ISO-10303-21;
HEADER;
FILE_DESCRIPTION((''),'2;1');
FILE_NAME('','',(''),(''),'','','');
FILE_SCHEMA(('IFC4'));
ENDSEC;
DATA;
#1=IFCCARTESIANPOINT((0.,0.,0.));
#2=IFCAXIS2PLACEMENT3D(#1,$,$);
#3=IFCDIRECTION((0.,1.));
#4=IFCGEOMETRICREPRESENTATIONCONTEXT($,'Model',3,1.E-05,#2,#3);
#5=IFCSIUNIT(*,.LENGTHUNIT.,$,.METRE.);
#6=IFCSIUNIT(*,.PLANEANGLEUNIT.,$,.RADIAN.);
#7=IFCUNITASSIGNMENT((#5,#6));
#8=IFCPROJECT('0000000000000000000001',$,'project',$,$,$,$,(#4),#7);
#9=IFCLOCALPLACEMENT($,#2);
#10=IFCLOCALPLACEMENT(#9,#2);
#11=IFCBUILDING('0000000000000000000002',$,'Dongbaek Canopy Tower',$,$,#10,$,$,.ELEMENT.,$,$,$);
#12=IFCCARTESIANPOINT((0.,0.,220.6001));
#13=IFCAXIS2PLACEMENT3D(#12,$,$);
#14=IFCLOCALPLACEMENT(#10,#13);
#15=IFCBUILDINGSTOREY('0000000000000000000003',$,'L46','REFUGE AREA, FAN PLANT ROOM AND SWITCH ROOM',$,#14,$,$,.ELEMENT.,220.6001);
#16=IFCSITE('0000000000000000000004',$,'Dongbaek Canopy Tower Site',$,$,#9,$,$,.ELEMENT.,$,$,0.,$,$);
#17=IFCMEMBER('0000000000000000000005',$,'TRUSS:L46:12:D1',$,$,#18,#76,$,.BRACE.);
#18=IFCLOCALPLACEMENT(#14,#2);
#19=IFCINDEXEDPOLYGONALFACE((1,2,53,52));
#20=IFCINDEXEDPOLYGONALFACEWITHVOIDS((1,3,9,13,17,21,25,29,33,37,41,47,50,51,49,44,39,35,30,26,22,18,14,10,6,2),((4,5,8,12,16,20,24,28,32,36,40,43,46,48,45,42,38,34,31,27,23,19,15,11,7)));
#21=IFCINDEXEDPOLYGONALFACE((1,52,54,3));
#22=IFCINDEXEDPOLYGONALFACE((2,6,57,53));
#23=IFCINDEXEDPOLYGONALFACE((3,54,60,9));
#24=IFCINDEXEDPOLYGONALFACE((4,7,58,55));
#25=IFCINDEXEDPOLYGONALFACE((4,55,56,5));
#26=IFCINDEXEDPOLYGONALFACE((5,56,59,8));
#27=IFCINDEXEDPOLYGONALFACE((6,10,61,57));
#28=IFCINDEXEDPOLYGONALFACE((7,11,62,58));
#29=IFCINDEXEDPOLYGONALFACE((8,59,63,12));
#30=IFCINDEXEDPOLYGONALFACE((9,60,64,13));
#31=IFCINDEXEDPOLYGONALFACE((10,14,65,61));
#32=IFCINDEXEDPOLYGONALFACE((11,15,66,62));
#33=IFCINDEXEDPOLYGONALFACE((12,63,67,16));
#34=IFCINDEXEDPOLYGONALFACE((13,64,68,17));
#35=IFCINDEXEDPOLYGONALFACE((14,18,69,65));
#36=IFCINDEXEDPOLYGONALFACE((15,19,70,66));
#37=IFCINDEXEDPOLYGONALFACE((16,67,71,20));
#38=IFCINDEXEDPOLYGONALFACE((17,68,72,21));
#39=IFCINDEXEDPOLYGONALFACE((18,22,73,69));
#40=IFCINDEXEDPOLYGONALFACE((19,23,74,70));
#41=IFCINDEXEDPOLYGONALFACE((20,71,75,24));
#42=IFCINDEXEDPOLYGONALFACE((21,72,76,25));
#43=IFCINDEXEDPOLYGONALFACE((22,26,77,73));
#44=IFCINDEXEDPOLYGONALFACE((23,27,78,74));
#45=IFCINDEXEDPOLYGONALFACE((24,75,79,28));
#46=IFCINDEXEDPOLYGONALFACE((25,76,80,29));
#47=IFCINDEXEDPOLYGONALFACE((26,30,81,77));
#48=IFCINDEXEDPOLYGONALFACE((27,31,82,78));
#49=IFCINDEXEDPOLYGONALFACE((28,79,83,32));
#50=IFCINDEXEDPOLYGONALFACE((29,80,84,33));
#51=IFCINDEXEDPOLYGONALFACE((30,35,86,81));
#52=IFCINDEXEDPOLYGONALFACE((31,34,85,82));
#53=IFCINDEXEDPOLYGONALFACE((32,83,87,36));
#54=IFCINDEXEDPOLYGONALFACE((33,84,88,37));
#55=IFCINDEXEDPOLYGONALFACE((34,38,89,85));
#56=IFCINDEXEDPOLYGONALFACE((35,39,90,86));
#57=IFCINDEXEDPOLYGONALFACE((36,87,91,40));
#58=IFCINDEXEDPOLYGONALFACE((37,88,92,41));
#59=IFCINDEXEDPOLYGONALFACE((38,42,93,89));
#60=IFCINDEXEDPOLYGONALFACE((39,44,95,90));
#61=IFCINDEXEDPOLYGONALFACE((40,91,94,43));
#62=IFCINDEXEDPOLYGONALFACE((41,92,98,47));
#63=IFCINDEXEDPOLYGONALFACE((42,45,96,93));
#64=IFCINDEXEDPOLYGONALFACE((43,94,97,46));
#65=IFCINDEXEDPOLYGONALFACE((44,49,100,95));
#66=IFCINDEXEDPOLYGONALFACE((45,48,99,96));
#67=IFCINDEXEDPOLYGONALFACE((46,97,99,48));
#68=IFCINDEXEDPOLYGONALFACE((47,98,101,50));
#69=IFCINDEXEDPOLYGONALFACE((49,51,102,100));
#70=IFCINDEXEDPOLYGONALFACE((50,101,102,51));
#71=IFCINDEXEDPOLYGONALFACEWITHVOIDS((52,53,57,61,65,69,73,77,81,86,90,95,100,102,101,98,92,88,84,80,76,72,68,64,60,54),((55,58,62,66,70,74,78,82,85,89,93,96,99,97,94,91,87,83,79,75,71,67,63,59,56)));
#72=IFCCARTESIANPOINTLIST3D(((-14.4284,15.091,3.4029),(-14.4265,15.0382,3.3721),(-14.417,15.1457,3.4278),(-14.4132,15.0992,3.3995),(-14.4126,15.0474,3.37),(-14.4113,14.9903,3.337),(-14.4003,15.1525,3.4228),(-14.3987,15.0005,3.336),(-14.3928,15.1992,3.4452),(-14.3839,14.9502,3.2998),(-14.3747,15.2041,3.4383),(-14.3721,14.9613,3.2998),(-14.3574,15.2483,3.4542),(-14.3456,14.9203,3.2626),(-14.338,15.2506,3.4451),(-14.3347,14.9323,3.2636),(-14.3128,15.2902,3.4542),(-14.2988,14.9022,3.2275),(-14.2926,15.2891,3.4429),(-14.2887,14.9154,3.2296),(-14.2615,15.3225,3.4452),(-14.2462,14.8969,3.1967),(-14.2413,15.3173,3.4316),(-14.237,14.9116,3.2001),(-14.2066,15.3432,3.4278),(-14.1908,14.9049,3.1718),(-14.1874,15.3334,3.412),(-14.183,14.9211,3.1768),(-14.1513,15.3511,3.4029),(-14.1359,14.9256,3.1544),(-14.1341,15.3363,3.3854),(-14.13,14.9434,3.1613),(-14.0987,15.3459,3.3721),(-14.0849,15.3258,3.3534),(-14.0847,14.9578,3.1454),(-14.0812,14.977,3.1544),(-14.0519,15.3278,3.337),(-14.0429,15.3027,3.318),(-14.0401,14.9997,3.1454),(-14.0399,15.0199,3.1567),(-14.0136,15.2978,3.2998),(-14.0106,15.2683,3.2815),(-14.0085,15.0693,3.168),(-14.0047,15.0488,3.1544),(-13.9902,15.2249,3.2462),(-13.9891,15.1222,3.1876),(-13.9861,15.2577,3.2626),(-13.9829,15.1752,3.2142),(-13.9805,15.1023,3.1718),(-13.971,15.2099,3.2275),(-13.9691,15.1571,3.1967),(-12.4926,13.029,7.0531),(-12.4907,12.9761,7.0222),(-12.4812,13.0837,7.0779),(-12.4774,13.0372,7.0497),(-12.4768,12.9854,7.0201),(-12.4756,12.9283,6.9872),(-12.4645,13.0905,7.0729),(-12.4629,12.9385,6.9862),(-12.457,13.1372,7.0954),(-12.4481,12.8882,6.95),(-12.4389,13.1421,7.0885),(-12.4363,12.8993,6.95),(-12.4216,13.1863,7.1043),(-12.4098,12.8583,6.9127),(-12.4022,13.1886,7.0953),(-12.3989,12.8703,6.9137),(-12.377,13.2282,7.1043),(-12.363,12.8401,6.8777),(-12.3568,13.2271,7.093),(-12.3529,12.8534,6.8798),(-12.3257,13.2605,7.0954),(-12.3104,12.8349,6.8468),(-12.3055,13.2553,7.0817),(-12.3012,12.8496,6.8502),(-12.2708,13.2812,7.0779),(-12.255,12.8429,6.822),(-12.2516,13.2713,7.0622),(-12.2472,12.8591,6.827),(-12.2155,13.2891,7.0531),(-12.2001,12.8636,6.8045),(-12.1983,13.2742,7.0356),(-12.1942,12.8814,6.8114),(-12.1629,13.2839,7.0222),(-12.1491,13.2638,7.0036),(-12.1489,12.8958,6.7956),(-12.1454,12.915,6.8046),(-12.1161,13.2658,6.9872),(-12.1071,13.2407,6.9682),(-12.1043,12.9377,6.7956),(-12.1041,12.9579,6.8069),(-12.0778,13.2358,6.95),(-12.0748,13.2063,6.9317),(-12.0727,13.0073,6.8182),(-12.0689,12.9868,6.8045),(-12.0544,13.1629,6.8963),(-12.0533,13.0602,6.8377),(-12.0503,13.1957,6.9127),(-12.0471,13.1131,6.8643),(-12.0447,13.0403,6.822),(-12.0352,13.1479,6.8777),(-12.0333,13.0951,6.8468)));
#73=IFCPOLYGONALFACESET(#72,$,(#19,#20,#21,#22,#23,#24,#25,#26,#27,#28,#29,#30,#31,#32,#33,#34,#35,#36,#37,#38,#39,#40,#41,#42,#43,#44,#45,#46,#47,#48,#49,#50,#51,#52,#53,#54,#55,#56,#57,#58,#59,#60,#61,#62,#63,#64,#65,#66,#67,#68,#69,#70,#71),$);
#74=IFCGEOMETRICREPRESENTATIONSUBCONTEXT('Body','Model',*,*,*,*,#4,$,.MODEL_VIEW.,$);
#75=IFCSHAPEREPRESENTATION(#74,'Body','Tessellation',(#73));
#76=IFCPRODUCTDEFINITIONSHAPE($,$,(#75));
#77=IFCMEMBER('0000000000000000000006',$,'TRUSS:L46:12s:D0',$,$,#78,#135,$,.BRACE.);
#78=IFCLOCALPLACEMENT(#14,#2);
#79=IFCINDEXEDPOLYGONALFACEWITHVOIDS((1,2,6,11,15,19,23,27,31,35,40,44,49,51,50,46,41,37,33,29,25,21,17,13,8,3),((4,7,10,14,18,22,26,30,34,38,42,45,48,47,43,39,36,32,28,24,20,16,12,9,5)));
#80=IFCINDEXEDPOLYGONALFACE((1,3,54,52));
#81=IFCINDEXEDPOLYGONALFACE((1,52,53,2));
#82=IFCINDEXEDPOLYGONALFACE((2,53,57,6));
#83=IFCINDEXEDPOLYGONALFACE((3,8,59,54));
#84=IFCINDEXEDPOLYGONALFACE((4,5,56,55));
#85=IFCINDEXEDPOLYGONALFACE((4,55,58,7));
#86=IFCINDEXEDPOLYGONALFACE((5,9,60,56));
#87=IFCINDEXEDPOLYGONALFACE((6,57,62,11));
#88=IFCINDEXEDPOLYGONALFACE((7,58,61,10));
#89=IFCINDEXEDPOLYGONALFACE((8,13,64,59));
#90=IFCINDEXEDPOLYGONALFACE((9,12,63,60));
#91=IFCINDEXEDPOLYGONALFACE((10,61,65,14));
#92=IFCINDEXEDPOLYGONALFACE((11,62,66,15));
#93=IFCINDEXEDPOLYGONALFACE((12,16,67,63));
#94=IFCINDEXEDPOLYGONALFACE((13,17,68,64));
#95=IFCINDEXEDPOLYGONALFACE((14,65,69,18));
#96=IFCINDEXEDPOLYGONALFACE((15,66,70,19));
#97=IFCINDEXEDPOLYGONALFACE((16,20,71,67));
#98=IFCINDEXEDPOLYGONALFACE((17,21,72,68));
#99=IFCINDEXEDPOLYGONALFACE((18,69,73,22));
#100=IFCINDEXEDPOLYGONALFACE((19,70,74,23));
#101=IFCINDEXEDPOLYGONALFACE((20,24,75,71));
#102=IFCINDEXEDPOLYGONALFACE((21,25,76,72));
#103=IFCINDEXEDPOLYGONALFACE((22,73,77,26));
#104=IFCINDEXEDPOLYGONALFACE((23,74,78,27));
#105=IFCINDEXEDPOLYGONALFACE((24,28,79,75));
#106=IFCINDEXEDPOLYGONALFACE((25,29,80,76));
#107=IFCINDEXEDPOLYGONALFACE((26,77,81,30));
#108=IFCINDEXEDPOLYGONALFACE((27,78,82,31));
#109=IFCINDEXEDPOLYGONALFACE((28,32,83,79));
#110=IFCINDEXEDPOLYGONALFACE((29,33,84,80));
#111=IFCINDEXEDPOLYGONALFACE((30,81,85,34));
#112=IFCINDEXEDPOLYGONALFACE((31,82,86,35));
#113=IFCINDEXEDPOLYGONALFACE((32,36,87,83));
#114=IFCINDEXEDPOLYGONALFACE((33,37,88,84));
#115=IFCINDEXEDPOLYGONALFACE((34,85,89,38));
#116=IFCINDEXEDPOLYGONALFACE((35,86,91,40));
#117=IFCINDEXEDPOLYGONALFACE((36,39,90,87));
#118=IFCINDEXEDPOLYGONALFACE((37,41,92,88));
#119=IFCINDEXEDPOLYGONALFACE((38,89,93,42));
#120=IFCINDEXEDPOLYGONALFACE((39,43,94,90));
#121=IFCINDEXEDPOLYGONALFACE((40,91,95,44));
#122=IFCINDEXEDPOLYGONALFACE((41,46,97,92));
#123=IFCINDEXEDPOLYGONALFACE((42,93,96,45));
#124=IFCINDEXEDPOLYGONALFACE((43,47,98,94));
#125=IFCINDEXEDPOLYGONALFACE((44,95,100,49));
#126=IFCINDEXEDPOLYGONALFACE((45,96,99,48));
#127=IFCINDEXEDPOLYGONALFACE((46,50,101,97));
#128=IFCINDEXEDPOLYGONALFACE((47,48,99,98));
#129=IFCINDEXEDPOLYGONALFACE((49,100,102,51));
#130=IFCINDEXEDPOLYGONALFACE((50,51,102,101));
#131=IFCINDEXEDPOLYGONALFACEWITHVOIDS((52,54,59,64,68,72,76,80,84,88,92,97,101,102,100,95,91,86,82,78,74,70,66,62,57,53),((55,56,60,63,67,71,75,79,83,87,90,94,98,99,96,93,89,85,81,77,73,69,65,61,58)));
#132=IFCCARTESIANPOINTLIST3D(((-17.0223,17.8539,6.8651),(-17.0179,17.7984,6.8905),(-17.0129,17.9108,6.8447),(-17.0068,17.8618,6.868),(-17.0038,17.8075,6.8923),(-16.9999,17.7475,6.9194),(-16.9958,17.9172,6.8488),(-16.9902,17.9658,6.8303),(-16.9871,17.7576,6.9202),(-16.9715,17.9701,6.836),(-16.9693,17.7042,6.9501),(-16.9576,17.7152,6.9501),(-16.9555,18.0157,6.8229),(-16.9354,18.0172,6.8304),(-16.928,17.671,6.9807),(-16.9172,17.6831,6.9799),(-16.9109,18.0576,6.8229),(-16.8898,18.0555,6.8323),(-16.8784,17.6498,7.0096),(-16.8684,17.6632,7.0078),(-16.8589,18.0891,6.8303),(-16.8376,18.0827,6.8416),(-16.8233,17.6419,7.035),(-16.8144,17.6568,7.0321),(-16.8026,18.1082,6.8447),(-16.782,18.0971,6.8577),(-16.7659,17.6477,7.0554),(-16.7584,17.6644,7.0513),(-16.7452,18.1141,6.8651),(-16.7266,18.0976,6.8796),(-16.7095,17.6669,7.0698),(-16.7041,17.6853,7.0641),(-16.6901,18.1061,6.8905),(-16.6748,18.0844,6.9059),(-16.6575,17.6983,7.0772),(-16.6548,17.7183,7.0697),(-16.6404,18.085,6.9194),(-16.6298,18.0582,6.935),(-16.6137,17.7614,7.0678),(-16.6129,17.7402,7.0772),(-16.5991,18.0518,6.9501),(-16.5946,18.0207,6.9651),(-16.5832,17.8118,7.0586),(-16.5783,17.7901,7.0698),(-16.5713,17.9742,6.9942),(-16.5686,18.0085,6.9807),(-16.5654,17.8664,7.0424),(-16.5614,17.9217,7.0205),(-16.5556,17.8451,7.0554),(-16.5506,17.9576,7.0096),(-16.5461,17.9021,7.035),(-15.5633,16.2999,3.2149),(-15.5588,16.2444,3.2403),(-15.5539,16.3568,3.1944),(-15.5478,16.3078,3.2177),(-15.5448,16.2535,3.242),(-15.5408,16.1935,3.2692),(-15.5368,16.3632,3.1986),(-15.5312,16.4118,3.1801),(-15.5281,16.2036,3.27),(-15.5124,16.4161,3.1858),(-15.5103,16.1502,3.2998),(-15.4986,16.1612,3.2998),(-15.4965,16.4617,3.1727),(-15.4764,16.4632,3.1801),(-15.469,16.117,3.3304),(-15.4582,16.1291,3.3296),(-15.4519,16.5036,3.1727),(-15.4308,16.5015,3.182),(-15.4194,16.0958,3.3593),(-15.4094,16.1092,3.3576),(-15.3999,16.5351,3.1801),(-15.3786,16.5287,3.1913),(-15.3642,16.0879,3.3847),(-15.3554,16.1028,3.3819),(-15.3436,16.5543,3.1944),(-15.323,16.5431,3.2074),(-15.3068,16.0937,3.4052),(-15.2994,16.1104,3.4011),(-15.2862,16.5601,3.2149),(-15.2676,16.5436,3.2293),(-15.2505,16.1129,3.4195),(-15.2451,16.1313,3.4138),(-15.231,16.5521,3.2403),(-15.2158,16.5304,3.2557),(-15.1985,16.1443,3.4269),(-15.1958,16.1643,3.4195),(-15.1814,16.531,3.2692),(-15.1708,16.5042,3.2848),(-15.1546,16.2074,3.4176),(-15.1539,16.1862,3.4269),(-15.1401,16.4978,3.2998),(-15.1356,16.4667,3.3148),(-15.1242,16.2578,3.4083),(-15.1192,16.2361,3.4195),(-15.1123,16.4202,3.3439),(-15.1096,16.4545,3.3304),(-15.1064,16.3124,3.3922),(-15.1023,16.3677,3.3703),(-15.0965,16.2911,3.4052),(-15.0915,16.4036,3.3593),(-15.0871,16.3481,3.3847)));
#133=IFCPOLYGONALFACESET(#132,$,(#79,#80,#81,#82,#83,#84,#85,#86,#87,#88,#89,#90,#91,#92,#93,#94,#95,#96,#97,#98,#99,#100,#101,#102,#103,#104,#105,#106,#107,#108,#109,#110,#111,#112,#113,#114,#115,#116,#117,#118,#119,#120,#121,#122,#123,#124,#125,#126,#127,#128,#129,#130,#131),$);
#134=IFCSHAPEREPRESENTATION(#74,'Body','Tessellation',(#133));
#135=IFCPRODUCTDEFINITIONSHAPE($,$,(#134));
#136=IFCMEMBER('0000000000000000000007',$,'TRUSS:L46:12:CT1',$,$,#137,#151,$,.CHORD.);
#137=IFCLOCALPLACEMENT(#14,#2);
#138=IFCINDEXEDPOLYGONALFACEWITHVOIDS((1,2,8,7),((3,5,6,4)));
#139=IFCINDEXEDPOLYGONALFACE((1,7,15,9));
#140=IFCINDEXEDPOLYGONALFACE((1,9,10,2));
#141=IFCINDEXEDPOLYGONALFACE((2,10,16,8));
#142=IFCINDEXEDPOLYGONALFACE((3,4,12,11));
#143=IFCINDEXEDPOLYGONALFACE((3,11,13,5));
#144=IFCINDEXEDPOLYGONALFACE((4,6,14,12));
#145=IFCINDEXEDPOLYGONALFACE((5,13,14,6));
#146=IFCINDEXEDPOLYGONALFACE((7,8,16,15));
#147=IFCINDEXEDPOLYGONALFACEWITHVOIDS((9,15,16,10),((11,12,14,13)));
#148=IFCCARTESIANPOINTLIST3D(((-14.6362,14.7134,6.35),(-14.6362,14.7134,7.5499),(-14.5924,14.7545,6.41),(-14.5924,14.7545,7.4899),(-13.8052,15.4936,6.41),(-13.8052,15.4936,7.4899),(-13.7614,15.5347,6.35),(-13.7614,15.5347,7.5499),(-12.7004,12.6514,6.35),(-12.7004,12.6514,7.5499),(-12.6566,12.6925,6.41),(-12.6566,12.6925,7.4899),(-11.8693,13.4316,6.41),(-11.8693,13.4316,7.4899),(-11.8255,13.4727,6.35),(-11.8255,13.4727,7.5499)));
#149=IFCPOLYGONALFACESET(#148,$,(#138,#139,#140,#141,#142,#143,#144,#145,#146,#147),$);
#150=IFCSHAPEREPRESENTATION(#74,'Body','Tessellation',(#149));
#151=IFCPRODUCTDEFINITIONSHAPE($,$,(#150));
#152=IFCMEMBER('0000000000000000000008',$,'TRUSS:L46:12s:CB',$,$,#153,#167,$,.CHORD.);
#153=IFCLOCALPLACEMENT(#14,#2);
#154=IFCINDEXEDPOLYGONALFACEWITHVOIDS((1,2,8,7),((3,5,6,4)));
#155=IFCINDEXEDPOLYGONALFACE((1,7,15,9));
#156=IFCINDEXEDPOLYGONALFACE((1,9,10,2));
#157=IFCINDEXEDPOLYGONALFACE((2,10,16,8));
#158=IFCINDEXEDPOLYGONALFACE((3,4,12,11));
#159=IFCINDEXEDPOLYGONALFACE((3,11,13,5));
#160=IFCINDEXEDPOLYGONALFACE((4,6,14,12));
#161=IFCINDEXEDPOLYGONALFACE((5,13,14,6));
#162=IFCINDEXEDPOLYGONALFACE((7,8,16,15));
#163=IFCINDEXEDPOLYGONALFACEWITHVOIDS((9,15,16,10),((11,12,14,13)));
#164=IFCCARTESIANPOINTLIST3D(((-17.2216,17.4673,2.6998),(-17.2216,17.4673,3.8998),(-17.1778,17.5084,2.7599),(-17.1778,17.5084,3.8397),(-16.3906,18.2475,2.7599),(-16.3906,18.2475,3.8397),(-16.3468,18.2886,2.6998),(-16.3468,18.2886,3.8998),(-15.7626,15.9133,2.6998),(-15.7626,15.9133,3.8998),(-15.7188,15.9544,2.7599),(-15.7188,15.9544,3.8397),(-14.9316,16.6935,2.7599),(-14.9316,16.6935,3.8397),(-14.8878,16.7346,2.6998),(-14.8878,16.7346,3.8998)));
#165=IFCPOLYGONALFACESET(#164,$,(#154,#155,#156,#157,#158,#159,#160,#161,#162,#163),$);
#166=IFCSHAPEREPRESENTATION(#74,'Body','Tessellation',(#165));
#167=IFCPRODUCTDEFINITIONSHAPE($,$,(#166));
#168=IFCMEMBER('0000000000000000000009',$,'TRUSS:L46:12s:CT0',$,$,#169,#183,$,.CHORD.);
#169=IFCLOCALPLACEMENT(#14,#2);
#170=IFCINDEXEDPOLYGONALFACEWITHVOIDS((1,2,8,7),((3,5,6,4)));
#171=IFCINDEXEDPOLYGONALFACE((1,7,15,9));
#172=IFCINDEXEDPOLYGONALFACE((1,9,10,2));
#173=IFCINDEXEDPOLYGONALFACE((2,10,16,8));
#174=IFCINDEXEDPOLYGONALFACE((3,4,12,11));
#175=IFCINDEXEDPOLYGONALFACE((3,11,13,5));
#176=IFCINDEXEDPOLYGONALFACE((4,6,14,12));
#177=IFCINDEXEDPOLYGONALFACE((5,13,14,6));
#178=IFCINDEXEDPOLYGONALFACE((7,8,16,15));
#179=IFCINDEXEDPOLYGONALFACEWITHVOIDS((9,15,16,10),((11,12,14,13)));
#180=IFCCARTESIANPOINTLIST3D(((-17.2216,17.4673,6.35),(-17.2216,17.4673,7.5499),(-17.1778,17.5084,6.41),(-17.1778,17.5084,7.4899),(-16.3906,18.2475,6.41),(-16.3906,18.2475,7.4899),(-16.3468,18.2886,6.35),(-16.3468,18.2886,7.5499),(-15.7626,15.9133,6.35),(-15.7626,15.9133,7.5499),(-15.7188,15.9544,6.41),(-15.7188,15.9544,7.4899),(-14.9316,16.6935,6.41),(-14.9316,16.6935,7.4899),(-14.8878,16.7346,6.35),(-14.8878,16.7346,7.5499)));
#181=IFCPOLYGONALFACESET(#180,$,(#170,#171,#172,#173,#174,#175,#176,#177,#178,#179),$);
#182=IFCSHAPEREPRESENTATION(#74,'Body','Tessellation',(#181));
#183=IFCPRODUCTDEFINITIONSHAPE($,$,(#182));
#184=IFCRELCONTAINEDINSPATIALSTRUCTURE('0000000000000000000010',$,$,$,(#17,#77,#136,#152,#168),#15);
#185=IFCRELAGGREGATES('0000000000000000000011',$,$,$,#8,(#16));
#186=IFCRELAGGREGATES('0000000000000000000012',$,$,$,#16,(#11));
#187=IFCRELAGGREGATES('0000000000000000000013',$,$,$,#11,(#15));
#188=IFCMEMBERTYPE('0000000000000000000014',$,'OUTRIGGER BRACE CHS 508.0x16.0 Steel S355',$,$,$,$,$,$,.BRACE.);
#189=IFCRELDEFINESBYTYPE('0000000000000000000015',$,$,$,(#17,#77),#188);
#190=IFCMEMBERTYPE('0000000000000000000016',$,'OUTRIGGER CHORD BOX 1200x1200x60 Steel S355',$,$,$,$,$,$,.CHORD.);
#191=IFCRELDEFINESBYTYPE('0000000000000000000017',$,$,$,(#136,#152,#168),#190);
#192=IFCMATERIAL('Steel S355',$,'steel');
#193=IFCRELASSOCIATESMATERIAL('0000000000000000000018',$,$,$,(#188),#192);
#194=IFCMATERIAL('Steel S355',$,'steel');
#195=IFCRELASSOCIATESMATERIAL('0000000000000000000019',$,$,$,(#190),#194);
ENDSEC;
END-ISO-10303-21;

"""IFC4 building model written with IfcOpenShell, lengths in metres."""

from ifc_helpers import new_model, si_unit, direction, frame, origin, origin_2d, place, context, subcontext, project, spatial, hollow_rectangle, hollow_circle, extrude, material, material_profile, profile_set, type_object, element, save


model = new_model("IFC4")

# Units and contexts
model_context = context("Model", 3, precision=1e-05, world=origin(), true_north=direction((0.0, 1.0)))
body_context = subcontext(model_context, "Body", "Model", "MODEL_VIEW")
ifc_project = project(units=[si_unit("LENGTHUNIT", "METRE"), si_unit("PLANEANGLEUNIT", "RADIAN")], contexts=[model_context])

# Site, building, storey
site_placement = place(None, origin())
site = spatial("IfcSite", under=ifc_project, at=site_placement, Name="Dongbaek Canopy Tower Site", CompositionType="ELEMENT", RefElevation=0.0)
building_placement = place(site_placement, origin())
building = spatial("IfcBuilding", under=site, at=building_placement, Name="Dongbaek Canopy Tower", CompositionType="ELEMENT")
storey_placement = place(building_placement, frame((0.0, 0.0, 220.6001)))
storey = spatial("IfcBuildingStorey", under=building, at=storey_placement, Name="L46", Description="REFUGE AREA, FAN PLANT ROOM AND SWITCH ROOM", CompositionType="ELEMENT", Elevation=220.6001)

# Members
ifc_material_1 = material(Name="Steel S355", Category="steel")
ifc_material_profile_1 = material_profile(ifc_material_1, hollow_circle(Radius=0.2539, WallThickness=0.0161, at=origin_2d()), Name="OUTRIGGER BRACE CHS 508.0x16.0 Steel S355")
ifc_profile_set_1 = profile_set([ifc_material_profile_1], Name="Steel S355")
member_type_1 = type_object("IfcMemberType", Name="OUTRIGGER BRACE CHS 508.0x16.0 Steel S355", PredefinedType="BRACE", material=ifc_profile_set_1)
member_1_placement = place(storey_placement, frame((-12.2629, 13.062, 6.95), z_axis=(-0.419215, 0.446549, -0.790476), x_axis=(-0.729069, -0.684441, 0.0)))
element("IfcMember", 1, at=member_1_placement, inside=storey, type_object=member_type_1, Name="TRUSS:L46:12:D1", PredefinedType="BRACE", context=body_context, shape_type="SweptSolid", body=[
    extrude(hollow_circle(Radius=0.2539, WallThickness=0.0161, at=origin_2d()), origin(), (0.0, 0.0, 1.0), 4.6177),
])
member_2_placement = place(storey_placement, frame((-15.3252, 16.324, 3.2998), z_axis=(-0.345164, 0.367632, 0.863544), x_axis=(-0.729033, -0.684478, 0.0)))
element("IfcMember", 2, at=member_2_placement, inside=storey, type_object=member_type_1, Name="TRUSS:L46:12s:D0", PredefinedType="BRACE", context=body_context, shape_type="SweptSolid", body=[
    extrude(hollow_circle(Radius=0.2539, WallThickness=0.0161, at=origin_2d()), origin(), (0.0, 0.0, 1.0), 4.2271),
])
ifc_material_2 = material(Name="Steel S355", Category="steel")
ifc_material_profile_2 = material_profile(ifc_material_2, hollow_rectangle(XDim=1.2, YDim=1.2, WallThickness=0.0601, at=origin_2d()), Name="OUTRIGGER CHORD BOX 1200x1200x60 Steel S355")
ifc_profile_set_2 = profile_set([ifc_material_profile_2], Name="Steel S355")
member_type_2 = type_object("IfcMemberType", Name="OUTRIGGER CHORD BOX 1200x1200x60 Steel S355", PredefinedType="CHORD", material=ifc_profile_set_2)
member_3_placement = place(storey_placement, frame((-12.2629, 13.062, 6.95), z_axis=(-0.684441, 0.729069, 0.0), x_axis=(-0.729069, -0.684441, 0.0)))
element("IfcMember", 3, at=member_3_placement, inside=storey, type_object=member_type_2, Name="TRUSS:L46:12:CT1", PredefinedType="CHORD", context=body_context, shape_type="SweptSolid", body=[
    extrude(hollow_rectangle(XDim=1.2, YDim=1.2, WallThickness=0.0601, at=origin_2d()), origin(), (0.0, 0.0, 1.0), 2.8284),
])
for number, where, z_axis, x_axis, name in (
    (4, (-15.3252, 16.324, 3.2998), (-0.684478, 0.729033, 0.0), (-0.729033, -0.684478, 0.0), "TRUSS:L46:12s:CB"),
    (5, (-15.3252, 16.324, 6.95), (-0.684478, 0.729033, 0.0), (-0.729033, -0.684478, 0.0), "TRUSS:L46:12s:CT0"),
):
    element("IfcMember", number, at=place(storey_placement, frame(where, z_axis=z_axis, x_axis=x_axis)), inside=storey, type_object=member_type_2, Name=name, PredefinedType="CHORD", context=body_context, shape_type="SweptSolid", body=[
        extrude(hollow_rectangle(XDim=1.2, YDim=1.2, WallThickness=0.0601, at=origin_2d()), origin(), (0.0, 0.0, 1.0), 2.1316),
    ])

save(model, "model.ifc")
